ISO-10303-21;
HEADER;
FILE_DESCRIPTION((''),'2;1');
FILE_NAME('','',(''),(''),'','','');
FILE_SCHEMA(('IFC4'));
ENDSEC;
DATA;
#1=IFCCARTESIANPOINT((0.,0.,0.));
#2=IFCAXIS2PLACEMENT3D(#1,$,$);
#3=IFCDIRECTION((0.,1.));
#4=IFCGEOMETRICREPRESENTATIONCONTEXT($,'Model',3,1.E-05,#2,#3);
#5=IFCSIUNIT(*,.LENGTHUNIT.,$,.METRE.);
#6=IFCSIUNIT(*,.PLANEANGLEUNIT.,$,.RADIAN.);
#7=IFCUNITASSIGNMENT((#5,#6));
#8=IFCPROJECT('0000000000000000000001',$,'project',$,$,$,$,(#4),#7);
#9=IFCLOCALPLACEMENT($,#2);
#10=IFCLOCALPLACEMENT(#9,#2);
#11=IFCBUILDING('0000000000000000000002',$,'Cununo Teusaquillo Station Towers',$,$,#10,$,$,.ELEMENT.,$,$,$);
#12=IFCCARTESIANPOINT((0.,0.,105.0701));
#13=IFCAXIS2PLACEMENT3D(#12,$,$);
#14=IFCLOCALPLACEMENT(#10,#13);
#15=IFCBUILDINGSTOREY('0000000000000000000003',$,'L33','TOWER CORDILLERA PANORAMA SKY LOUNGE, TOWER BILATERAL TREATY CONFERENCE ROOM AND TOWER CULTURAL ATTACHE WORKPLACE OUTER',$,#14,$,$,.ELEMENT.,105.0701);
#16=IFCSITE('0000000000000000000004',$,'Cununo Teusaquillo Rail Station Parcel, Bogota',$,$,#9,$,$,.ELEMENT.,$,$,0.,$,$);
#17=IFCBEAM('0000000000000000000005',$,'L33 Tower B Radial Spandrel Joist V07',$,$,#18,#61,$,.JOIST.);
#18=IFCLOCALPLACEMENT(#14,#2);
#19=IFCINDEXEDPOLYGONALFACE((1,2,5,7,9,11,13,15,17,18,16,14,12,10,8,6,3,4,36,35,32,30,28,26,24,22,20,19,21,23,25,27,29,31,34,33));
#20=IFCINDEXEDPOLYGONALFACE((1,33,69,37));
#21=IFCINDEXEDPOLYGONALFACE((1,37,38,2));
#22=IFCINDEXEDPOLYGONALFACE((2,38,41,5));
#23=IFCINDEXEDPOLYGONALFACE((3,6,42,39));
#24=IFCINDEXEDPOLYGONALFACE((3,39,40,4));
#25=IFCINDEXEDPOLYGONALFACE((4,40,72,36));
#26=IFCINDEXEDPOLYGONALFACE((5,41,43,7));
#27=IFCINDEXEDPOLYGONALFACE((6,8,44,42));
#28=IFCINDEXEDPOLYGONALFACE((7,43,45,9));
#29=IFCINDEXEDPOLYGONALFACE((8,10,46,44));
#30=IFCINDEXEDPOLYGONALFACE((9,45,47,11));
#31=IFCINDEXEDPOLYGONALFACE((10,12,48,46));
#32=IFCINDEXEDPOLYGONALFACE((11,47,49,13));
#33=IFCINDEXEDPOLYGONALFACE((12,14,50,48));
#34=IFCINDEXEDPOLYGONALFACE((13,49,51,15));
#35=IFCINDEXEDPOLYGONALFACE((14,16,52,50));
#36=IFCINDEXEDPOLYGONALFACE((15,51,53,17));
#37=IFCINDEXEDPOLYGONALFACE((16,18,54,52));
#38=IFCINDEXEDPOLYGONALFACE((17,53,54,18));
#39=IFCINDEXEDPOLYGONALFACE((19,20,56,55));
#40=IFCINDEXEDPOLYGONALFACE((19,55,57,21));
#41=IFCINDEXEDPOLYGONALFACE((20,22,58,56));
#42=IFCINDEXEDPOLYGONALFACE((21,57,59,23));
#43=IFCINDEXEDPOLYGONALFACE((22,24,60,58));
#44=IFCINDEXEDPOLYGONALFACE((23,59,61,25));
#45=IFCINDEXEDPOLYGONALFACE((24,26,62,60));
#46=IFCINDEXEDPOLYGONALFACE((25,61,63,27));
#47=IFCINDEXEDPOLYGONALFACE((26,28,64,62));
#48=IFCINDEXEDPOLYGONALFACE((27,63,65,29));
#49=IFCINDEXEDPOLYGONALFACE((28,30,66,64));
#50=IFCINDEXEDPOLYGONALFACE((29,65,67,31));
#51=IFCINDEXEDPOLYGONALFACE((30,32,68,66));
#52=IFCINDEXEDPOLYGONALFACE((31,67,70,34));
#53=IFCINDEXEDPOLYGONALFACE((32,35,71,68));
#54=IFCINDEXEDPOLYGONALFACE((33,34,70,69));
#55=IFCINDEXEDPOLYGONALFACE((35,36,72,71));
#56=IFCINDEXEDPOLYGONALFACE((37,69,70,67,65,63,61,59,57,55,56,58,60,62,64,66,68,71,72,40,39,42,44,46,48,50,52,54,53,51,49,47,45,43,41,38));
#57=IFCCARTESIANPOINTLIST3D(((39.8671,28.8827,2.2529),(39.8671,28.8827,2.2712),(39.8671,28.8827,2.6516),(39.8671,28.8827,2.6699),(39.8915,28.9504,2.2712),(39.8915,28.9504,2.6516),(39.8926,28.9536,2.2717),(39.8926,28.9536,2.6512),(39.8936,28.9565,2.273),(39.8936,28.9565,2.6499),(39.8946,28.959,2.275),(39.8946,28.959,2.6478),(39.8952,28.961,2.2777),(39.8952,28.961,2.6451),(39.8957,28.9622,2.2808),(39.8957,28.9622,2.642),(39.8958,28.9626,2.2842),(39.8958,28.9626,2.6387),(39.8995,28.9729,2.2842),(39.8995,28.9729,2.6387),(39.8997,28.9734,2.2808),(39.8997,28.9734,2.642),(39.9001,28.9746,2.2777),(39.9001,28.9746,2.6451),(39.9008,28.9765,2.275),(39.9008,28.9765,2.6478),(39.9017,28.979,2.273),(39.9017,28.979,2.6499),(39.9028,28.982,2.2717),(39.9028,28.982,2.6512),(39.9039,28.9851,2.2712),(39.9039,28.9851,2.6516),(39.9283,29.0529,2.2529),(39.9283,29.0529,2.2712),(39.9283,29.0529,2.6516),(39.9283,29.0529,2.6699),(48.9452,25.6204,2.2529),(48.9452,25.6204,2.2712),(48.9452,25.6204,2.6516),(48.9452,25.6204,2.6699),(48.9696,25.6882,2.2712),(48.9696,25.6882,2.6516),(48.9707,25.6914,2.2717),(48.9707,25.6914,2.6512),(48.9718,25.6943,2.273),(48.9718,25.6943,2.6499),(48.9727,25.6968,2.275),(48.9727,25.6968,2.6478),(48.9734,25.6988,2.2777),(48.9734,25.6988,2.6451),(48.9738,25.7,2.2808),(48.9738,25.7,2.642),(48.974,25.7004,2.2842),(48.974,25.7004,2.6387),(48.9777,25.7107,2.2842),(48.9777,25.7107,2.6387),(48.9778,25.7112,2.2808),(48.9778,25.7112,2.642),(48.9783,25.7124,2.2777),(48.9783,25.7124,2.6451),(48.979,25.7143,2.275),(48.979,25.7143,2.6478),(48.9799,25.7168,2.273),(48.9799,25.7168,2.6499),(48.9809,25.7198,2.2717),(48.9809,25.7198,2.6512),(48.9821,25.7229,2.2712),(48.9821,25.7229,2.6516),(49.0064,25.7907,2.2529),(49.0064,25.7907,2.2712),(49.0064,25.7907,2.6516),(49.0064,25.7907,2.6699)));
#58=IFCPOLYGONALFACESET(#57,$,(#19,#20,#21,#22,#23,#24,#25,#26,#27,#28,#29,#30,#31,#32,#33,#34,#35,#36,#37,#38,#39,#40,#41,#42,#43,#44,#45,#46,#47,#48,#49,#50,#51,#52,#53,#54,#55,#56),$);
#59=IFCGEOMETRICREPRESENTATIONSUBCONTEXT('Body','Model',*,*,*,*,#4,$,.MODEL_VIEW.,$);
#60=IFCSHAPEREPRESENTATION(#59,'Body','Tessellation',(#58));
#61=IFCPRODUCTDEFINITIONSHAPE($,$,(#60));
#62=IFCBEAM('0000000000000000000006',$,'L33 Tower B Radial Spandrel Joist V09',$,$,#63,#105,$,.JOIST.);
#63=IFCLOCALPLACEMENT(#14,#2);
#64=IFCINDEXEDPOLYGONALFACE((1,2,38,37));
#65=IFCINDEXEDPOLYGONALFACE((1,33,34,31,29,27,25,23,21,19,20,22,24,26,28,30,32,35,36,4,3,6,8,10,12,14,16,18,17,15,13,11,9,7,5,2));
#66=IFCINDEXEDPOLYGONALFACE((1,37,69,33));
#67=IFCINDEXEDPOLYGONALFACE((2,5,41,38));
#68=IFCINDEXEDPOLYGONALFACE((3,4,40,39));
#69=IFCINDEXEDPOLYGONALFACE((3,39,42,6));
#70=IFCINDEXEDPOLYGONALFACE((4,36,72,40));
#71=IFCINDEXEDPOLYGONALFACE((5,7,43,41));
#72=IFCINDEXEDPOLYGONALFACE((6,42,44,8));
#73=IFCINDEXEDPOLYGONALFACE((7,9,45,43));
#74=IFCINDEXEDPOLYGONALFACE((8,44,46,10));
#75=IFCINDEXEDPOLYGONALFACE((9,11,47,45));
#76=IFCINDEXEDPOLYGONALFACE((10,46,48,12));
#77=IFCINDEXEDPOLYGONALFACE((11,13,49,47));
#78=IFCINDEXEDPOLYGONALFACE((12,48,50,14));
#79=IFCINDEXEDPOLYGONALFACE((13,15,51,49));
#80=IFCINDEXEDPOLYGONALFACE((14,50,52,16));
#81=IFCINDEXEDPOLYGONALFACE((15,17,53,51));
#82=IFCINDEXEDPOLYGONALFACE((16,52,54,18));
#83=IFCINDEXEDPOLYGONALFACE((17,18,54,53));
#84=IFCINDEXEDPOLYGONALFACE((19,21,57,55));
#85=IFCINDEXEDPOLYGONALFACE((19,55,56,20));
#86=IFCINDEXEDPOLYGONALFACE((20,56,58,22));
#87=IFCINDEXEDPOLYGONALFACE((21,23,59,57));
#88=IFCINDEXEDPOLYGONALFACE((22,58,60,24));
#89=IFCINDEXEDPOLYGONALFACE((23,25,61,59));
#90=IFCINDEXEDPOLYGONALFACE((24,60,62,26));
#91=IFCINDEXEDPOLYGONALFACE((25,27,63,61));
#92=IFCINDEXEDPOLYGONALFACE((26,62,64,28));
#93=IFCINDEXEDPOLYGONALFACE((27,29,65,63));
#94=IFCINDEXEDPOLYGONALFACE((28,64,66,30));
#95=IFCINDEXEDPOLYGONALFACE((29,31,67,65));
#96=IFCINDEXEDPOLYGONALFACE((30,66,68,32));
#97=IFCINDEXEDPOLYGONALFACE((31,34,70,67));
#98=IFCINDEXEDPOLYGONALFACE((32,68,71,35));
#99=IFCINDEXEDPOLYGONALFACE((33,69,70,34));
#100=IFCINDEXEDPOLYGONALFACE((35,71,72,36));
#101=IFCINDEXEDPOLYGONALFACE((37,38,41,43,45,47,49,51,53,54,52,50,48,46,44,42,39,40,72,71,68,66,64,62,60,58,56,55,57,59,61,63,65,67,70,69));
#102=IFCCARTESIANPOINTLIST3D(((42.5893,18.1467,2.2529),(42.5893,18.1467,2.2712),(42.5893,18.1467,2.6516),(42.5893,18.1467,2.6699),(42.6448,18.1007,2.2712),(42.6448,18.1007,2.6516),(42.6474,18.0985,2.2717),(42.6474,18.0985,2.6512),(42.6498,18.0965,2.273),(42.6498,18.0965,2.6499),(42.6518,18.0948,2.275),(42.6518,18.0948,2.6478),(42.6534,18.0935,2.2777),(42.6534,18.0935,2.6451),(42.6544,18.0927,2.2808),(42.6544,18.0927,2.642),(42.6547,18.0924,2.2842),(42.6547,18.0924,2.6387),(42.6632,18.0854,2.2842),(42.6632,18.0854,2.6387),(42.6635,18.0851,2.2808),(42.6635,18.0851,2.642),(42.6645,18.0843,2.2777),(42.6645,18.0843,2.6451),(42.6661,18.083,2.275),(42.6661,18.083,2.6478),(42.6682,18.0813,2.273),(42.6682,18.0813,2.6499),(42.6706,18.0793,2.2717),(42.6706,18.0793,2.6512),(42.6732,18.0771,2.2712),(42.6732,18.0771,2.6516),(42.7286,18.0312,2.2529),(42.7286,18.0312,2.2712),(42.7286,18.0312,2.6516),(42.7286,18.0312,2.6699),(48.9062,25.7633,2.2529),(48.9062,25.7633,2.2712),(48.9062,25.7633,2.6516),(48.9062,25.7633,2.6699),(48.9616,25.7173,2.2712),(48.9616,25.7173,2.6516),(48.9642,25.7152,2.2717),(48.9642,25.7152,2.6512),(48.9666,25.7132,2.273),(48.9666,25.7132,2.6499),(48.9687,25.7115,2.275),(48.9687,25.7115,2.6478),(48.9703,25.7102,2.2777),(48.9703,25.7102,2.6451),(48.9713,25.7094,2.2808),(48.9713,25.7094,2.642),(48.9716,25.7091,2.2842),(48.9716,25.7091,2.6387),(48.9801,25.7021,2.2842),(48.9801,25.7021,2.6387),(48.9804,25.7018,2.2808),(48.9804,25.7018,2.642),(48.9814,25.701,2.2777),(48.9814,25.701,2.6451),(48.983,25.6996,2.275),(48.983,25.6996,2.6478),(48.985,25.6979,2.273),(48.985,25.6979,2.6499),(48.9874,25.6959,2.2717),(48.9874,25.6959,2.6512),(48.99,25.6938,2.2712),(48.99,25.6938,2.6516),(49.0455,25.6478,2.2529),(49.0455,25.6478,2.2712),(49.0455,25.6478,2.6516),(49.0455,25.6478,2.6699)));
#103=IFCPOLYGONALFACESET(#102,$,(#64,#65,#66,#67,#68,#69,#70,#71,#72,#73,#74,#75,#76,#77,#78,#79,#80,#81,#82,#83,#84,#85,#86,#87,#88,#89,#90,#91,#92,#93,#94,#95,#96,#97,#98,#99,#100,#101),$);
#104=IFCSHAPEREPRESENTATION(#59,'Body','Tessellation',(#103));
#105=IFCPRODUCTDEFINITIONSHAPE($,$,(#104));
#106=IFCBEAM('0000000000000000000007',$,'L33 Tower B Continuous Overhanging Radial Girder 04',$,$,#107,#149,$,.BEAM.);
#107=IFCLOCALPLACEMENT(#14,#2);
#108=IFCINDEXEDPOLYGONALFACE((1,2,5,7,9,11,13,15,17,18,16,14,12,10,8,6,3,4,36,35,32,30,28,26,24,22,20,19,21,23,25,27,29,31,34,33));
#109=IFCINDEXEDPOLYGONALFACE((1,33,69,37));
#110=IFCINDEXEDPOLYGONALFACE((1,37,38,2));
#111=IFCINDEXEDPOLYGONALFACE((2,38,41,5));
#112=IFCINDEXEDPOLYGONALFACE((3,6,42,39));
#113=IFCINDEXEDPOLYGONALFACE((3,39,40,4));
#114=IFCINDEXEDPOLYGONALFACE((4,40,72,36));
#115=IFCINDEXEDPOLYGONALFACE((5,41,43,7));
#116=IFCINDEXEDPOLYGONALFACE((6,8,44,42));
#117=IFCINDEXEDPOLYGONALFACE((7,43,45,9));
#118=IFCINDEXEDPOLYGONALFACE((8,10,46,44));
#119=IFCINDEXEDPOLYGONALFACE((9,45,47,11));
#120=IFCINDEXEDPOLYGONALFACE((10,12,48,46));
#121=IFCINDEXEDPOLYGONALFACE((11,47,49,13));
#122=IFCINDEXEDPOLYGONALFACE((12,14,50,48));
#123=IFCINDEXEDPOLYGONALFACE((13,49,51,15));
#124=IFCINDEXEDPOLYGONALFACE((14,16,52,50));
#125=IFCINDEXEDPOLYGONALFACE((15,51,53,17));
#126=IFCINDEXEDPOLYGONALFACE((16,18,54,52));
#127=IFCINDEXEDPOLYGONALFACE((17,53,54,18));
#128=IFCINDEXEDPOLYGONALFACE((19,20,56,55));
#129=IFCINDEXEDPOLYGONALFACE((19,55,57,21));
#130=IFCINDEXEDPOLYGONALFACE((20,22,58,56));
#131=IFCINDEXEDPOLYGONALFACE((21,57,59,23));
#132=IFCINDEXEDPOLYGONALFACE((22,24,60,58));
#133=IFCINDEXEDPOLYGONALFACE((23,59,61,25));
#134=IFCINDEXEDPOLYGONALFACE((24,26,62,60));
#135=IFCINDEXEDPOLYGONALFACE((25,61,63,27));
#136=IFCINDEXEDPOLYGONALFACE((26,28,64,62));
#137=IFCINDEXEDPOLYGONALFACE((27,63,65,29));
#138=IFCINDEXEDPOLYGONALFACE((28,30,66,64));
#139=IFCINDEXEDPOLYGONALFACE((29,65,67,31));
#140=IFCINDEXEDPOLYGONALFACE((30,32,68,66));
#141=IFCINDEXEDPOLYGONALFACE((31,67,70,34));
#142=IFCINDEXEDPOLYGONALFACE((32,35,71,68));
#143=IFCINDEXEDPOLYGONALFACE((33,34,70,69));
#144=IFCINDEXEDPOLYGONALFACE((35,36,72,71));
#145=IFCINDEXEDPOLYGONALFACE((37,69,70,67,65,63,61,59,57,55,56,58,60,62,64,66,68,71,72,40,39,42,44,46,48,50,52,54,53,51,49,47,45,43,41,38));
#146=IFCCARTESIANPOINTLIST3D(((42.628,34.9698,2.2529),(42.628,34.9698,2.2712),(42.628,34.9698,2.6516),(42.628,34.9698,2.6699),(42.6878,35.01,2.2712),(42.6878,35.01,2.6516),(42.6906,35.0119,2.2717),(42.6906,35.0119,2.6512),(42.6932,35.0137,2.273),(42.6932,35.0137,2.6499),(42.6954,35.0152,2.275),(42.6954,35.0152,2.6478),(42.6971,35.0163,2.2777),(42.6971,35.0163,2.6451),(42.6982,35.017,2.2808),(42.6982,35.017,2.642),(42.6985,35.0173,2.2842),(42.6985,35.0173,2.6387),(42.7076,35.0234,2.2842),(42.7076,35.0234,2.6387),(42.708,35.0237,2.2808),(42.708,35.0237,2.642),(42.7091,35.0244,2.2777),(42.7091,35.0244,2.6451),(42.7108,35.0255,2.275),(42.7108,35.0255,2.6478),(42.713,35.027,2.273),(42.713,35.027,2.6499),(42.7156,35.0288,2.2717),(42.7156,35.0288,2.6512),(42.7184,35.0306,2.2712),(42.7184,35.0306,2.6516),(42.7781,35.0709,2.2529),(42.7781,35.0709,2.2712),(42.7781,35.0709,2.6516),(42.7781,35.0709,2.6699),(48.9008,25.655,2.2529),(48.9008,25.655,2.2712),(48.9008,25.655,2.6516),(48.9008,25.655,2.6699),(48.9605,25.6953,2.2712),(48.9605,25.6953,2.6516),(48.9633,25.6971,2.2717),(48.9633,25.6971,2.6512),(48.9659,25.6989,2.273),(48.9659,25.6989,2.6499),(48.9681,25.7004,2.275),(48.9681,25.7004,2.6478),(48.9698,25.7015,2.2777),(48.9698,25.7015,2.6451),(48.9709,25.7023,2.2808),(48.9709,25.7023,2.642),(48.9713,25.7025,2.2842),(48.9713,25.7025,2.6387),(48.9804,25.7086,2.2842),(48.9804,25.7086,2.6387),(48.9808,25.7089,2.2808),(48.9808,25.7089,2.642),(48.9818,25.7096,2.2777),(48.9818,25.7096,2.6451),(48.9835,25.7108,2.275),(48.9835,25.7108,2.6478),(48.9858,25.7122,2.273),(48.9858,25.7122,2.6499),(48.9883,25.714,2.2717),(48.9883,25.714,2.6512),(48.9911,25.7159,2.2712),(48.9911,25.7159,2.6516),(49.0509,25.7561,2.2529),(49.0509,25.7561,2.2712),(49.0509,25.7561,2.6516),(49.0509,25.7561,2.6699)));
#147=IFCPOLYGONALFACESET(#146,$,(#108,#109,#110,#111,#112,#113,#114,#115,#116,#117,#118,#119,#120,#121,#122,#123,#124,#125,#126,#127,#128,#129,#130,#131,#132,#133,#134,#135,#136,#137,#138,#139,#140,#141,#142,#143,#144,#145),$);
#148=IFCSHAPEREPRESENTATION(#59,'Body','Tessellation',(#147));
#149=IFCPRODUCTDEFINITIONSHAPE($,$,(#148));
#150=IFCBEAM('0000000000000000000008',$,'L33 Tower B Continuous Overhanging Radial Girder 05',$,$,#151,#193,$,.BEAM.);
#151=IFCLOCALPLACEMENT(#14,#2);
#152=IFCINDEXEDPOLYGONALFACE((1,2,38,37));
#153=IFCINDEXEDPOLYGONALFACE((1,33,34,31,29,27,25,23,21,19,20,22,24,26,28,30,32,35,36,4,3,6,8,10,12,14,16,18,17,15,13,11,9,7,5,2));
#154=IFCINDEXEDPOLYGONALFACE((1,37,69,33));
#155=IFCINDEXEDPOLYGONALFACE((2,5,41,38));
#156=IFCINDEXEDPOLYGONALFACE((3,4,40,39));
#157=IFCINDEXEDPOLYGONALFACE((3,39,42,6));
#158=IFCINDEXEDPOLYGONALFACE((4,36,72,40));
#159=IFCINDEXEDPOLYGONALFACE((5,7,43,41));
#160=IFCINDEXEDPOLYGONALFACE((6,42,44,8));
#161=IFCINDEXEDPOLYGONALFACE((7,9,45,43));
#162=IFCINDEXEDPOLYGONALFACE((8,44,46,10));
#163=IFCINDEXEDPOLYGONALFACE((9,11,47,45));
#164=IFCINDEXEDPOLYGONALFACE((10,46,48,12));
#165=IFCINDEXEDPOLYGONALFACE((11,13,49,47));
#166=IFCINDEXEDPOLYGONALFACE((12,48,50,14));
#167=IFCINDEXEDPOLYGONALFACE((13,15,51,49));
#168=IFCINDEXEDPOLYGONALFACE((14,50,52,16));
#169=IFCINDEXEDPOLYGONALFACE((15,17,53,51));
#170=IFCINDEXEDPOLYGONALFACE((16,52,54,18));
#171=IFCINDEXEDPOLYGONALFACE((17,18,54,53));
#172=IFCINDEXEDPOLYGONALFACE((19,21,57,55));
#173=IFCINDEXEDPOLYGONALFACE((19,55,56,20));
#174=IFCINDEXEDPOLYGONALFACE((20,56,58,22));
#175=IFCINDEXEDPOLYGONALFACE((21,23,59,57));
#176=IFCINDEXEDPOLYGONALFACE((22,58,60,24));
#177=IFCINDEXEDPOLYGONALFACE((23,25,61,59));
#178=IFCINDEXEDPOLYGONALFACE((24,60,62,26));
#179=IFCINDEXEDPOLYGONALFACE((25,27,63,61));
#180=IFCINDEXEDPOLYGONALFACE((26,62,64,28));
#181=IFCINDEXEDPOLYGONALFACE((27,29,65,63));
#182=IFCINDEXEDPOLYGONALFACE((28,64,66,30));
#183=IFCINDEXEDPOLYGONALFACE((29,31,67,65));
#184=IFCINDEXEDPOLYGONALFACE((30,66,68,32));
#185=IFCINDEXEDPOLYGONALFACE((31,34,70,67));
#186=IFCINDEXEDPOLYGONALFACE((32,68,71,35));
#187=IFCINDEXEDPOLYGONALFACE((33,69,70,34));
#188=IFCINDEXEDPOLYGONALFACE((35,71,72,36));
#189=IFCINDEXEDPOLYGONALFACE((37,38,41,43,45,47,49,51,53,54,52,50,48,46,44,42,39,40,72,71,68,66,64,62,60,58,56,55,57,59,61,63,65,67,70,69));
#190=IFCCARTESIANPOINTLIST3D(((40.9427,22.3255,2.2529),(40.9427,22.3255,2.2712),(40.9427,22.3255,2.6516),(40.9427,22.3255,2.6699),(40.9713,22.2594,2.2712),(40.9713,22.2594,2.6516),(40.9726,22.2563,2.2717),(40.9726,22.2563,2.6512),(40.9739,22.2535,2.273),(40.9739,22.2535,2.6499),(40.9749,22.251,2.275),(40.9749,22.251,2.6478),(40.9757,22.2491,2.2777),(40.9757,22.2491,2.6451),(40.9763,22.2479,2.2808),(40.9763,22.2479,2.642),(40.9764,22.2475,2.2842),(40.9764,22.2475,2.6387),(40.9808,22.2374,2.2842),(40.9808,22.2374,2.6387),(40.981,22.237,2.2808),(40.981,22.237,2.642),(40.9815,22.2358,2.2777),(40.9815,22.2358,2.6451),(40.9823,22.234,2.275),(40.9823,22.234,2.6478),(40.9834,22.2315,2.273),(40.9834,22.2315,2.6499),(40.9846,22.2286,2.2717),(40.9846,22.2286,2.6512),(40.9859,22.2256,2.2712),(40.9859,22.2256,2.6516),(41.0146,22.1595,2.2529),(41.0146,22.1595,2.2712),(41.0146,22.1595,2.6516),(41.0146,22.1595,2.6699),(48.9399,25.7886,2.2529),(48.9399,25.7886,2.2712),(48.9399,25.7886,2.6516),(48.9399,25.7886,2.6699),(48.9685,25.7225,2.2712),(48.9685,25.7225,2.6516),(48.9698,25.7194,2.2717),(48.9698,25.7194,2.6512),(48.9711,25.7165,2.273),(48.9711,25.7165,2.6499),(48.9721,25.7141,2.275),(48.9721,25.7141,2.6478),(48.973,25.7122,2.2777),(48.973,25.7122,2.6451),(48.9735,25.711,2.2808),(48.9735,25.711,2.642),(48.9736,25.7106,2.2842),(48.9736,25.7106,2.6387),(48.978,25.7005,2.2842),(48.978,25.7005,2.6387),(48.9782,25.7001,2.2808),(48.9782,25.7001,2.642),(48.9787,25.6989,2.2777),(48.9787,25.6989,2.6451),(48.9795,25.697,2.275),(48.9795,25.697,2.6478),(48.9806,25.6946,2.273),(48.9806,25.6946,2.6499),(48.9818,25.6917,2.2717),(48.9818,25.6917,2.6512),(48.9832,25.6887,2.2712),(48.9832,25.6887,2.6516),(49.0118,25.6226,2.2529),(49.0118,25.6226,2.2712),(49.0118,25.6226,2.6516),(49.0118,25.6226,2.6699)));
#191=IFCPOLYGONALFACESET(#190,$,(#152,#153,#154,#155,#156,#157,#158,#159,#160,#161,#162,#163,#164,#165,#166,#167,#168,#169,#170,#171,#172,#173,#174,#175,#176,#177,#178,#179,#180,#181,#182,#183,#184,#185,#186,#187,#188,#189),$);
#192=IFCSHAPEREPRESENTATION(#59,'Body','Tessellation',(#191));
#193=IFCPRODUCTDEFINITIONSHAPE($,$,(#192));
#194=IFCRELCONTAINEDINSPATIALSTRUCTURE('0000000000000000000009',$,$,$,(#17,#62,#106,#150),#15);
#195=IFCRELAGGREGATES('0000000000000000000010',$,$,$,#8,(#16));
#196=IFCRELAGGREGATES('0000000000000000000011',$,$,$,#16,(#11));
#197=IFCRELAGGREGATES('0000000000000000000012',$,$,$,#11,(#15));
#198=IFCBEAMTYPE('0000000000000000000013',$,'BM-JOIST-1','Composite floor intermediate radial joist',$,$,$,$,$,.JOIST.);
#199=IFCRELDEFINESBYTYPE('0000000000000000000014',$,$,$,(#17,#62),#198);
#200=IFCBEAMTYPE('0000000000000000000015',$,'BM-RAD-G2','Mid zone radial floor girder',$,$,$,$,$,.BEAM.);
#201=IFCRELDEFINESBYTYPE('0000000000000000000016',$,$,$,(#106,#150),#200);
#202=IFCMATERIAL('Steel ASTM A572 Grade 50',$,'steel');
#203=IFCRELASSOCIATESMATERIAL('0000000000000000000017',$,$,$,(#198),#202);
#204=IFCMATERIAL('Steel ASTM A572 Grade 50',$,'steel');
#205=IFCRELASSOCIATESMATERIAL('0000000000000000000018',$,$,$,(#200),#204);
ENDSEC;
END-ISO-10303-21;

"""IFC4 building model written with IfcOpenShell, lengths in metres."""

from ifc_helpers import new_model, si_unit, direction, frame, origin, origin_2d, place, context, subcontext, project, spatial, i_section, extrude, material, material_profile, profile_set, type_object, element, save


model = new_model("IFC4")

# Units and contexts
model_context = context("Model", 3, precision=1e-05, world=origin(), true_north=direction((0.0, 1.0)))
body_context = subcontext(model_context, "Body", "Model", "MODEL_VIEW")
ifc_project = project(units=[si_unit("LENGTHUNIT", "METRE"), si_unit("PLANEANGLEUNIT", "RADIAN")], contexts=[model_context])

# Site, building, storey
site_placement = place(None, origin())
site = spatial("IfcSite", under=ifc_project, at=site_placement, Name="Cununo Teusaquillo Rail Station Parcel, Bogota", CompositionType="ELEMENT", RefElevation=0.0)
building_placement = place(site_placement, origin())
building = spatial("IfcBuilding", under=site, at=building_placement, Name="Cununo Teusaquillo Station Towers", CompositionType="ELEMENT")
storey_placement = place(building_placement, frame((0.0, 0.0, 105.0701)))
storey = spatial("IfcBuildingStorey", under=building, at=storey_placement, Name="L33", Description="TOWER CORDILLERA PANORAMA SKY LOUNGE, TOWER BILATERAL TREATY CONFERENCE ROOM AND TOWER CULTURAL ATTACHE WORKPLACE OUTER", CompositionType="ELEMENT", Elevation=105.0701)

# Beams
ifc_material_1 = material(Name="Steel ASTM A572 Grade 50", Category="steel")
ifc_material_profile_1 = material_profile(ifc_material_1, i_section(OverallWidth=0.1809, OverallDepth=0.417, WebThickness=0.011, FlangeThickness=0.0183, FilletRadius=0.0129, at=origin_2d()), Name="W16X57")
ifc_profile_set_1 = profile_set([ifc_material_profile_1], Name="Steel ASTM A572 Grade 50")
beam_type_1 = type_object("IfcBeamType", Name="BM-JOIST-1", Description="Composite floor intermediate radial joist", PredefinedType="JOIST", material=ifc_profile_set_1)
beam_1_placement = place(storey_placement, frame((48.9758, 25.7056, 2.4614), z_axis=(-0.941083, 0.338176, 0.0), x_axis=(-0.338176, -0.941083, 0.0)))
element("IfcBeam", 1, at=beam_1_placement, inside=storey, type_object=beam_type_1, Name="L33 Tower B Radial Spandrel Joist V07", PredefinedType="JOIST", context=body_context, shape_type="SweptSolid", body=[
    extrude(i_section(OverallWidth=0.1809, OverallDepth=0.417, WebThickness=0.011, FlangeThickness=0.0183, FilletRadius=0.0129, at=origin_2d()), origin(), (0.0, 0.0, 1.0), 9.6465),
])
beam_2_placement = place(storey_placement, frame((48.9758, 25.7056, 2.4614), z_axis=(-0.638372, -0.769728, 0.0), x_axis=(0.769728, -0.638372, 0.0)))
element("IfcBeam", 2, at=beam_2_placement, inside=storey, type_object=beam_type_1, Name="L33 Tower B Radial Spandrel Joist V09", PredefinedType="JOIST", context=body_context, shape_type="SweptSolid", body=[
    extrude(i_section(OverallWidth=0.1809, OverallDepth=0.417, WebThickness=0.011, FlangeThickness=0.0183, FilletRadius=0.0129, at=origin_2d()), origin(), (0.0, 0.0, 1.0), 9.8953),
])
ifc_material_2 = material(Name="Steel ASTM A572 Grade 50", Category="steel")
ifc_material_profile_2 = material_profile(ifc_material_2, i_section(OverallWidth=0.1809, OverallDepth=0.417, WebThickness=0.011, FlangeThickness=0.0183, FilletRadius=0.0129, at=origin_2d()), Name="W16X57")
ifc_profile_set_2 = profile_set([ifc_material_profile_2], Name="Steel ASTM A572 Grade 50")
beam_type_2 = type_object("IfcBeamType", Name="BM-RAD-G2", Description="Mid zone radial floor girder", PredefinedType="BEAM", material=ifc_profile_set_2)
beam_3_placement = place(storey_placement, frame((48.9758, 25.7056, 2.4614), z_axis=(-0.558572, 0.829456, 0.0), x_axis=(-0.829456, -0.558572, 0.0)))
element("IfcBeam", 3, at=beam_3_placement, inside=storey, type_object=beam_type_2, Name="L33 Tower B Continuous Overhanging Radial Girder 04", PredefinedType="BEAM", context=body_context, shape_type="SweptSolid", body=[
    extrude(i_section(OverallWidth=0.1809, OverallDepth=0.417, WebThickness=0.011, FlangeThickness=0.0183, FilletRadius=0.0129, at=origin_2d()), origin(), (0.0, 0.0, 1.0), 11.23),
])
beam_4_placement = place(storey_placement, frame((48.9758, 25.7056, 2.4614), z_axis=(-0.917655, -0.397379, 0.0), x_axis=(0.397379, -0.917655, 0.0)))
element("IfcBeam", 4, at=beam_4_placement, inside=storey, type_object=beam_type_2, Name="L33 Tower B Continuous Overhanging Radial Girder 05", PredefinedType="BEAM", context=body_context, shape_type="SweptSolid", body=[
    extrude(i_section(OverallWidth=0.1809, OverallDepth=0.417, WebThickness=0.011, FlangeThickness=0.0183, FilletRadius=0.0129, at=origin_2d()), origin(), (0.0, 0.0, 1.0), 8.7148),
])

save(model, "model.ifc")
